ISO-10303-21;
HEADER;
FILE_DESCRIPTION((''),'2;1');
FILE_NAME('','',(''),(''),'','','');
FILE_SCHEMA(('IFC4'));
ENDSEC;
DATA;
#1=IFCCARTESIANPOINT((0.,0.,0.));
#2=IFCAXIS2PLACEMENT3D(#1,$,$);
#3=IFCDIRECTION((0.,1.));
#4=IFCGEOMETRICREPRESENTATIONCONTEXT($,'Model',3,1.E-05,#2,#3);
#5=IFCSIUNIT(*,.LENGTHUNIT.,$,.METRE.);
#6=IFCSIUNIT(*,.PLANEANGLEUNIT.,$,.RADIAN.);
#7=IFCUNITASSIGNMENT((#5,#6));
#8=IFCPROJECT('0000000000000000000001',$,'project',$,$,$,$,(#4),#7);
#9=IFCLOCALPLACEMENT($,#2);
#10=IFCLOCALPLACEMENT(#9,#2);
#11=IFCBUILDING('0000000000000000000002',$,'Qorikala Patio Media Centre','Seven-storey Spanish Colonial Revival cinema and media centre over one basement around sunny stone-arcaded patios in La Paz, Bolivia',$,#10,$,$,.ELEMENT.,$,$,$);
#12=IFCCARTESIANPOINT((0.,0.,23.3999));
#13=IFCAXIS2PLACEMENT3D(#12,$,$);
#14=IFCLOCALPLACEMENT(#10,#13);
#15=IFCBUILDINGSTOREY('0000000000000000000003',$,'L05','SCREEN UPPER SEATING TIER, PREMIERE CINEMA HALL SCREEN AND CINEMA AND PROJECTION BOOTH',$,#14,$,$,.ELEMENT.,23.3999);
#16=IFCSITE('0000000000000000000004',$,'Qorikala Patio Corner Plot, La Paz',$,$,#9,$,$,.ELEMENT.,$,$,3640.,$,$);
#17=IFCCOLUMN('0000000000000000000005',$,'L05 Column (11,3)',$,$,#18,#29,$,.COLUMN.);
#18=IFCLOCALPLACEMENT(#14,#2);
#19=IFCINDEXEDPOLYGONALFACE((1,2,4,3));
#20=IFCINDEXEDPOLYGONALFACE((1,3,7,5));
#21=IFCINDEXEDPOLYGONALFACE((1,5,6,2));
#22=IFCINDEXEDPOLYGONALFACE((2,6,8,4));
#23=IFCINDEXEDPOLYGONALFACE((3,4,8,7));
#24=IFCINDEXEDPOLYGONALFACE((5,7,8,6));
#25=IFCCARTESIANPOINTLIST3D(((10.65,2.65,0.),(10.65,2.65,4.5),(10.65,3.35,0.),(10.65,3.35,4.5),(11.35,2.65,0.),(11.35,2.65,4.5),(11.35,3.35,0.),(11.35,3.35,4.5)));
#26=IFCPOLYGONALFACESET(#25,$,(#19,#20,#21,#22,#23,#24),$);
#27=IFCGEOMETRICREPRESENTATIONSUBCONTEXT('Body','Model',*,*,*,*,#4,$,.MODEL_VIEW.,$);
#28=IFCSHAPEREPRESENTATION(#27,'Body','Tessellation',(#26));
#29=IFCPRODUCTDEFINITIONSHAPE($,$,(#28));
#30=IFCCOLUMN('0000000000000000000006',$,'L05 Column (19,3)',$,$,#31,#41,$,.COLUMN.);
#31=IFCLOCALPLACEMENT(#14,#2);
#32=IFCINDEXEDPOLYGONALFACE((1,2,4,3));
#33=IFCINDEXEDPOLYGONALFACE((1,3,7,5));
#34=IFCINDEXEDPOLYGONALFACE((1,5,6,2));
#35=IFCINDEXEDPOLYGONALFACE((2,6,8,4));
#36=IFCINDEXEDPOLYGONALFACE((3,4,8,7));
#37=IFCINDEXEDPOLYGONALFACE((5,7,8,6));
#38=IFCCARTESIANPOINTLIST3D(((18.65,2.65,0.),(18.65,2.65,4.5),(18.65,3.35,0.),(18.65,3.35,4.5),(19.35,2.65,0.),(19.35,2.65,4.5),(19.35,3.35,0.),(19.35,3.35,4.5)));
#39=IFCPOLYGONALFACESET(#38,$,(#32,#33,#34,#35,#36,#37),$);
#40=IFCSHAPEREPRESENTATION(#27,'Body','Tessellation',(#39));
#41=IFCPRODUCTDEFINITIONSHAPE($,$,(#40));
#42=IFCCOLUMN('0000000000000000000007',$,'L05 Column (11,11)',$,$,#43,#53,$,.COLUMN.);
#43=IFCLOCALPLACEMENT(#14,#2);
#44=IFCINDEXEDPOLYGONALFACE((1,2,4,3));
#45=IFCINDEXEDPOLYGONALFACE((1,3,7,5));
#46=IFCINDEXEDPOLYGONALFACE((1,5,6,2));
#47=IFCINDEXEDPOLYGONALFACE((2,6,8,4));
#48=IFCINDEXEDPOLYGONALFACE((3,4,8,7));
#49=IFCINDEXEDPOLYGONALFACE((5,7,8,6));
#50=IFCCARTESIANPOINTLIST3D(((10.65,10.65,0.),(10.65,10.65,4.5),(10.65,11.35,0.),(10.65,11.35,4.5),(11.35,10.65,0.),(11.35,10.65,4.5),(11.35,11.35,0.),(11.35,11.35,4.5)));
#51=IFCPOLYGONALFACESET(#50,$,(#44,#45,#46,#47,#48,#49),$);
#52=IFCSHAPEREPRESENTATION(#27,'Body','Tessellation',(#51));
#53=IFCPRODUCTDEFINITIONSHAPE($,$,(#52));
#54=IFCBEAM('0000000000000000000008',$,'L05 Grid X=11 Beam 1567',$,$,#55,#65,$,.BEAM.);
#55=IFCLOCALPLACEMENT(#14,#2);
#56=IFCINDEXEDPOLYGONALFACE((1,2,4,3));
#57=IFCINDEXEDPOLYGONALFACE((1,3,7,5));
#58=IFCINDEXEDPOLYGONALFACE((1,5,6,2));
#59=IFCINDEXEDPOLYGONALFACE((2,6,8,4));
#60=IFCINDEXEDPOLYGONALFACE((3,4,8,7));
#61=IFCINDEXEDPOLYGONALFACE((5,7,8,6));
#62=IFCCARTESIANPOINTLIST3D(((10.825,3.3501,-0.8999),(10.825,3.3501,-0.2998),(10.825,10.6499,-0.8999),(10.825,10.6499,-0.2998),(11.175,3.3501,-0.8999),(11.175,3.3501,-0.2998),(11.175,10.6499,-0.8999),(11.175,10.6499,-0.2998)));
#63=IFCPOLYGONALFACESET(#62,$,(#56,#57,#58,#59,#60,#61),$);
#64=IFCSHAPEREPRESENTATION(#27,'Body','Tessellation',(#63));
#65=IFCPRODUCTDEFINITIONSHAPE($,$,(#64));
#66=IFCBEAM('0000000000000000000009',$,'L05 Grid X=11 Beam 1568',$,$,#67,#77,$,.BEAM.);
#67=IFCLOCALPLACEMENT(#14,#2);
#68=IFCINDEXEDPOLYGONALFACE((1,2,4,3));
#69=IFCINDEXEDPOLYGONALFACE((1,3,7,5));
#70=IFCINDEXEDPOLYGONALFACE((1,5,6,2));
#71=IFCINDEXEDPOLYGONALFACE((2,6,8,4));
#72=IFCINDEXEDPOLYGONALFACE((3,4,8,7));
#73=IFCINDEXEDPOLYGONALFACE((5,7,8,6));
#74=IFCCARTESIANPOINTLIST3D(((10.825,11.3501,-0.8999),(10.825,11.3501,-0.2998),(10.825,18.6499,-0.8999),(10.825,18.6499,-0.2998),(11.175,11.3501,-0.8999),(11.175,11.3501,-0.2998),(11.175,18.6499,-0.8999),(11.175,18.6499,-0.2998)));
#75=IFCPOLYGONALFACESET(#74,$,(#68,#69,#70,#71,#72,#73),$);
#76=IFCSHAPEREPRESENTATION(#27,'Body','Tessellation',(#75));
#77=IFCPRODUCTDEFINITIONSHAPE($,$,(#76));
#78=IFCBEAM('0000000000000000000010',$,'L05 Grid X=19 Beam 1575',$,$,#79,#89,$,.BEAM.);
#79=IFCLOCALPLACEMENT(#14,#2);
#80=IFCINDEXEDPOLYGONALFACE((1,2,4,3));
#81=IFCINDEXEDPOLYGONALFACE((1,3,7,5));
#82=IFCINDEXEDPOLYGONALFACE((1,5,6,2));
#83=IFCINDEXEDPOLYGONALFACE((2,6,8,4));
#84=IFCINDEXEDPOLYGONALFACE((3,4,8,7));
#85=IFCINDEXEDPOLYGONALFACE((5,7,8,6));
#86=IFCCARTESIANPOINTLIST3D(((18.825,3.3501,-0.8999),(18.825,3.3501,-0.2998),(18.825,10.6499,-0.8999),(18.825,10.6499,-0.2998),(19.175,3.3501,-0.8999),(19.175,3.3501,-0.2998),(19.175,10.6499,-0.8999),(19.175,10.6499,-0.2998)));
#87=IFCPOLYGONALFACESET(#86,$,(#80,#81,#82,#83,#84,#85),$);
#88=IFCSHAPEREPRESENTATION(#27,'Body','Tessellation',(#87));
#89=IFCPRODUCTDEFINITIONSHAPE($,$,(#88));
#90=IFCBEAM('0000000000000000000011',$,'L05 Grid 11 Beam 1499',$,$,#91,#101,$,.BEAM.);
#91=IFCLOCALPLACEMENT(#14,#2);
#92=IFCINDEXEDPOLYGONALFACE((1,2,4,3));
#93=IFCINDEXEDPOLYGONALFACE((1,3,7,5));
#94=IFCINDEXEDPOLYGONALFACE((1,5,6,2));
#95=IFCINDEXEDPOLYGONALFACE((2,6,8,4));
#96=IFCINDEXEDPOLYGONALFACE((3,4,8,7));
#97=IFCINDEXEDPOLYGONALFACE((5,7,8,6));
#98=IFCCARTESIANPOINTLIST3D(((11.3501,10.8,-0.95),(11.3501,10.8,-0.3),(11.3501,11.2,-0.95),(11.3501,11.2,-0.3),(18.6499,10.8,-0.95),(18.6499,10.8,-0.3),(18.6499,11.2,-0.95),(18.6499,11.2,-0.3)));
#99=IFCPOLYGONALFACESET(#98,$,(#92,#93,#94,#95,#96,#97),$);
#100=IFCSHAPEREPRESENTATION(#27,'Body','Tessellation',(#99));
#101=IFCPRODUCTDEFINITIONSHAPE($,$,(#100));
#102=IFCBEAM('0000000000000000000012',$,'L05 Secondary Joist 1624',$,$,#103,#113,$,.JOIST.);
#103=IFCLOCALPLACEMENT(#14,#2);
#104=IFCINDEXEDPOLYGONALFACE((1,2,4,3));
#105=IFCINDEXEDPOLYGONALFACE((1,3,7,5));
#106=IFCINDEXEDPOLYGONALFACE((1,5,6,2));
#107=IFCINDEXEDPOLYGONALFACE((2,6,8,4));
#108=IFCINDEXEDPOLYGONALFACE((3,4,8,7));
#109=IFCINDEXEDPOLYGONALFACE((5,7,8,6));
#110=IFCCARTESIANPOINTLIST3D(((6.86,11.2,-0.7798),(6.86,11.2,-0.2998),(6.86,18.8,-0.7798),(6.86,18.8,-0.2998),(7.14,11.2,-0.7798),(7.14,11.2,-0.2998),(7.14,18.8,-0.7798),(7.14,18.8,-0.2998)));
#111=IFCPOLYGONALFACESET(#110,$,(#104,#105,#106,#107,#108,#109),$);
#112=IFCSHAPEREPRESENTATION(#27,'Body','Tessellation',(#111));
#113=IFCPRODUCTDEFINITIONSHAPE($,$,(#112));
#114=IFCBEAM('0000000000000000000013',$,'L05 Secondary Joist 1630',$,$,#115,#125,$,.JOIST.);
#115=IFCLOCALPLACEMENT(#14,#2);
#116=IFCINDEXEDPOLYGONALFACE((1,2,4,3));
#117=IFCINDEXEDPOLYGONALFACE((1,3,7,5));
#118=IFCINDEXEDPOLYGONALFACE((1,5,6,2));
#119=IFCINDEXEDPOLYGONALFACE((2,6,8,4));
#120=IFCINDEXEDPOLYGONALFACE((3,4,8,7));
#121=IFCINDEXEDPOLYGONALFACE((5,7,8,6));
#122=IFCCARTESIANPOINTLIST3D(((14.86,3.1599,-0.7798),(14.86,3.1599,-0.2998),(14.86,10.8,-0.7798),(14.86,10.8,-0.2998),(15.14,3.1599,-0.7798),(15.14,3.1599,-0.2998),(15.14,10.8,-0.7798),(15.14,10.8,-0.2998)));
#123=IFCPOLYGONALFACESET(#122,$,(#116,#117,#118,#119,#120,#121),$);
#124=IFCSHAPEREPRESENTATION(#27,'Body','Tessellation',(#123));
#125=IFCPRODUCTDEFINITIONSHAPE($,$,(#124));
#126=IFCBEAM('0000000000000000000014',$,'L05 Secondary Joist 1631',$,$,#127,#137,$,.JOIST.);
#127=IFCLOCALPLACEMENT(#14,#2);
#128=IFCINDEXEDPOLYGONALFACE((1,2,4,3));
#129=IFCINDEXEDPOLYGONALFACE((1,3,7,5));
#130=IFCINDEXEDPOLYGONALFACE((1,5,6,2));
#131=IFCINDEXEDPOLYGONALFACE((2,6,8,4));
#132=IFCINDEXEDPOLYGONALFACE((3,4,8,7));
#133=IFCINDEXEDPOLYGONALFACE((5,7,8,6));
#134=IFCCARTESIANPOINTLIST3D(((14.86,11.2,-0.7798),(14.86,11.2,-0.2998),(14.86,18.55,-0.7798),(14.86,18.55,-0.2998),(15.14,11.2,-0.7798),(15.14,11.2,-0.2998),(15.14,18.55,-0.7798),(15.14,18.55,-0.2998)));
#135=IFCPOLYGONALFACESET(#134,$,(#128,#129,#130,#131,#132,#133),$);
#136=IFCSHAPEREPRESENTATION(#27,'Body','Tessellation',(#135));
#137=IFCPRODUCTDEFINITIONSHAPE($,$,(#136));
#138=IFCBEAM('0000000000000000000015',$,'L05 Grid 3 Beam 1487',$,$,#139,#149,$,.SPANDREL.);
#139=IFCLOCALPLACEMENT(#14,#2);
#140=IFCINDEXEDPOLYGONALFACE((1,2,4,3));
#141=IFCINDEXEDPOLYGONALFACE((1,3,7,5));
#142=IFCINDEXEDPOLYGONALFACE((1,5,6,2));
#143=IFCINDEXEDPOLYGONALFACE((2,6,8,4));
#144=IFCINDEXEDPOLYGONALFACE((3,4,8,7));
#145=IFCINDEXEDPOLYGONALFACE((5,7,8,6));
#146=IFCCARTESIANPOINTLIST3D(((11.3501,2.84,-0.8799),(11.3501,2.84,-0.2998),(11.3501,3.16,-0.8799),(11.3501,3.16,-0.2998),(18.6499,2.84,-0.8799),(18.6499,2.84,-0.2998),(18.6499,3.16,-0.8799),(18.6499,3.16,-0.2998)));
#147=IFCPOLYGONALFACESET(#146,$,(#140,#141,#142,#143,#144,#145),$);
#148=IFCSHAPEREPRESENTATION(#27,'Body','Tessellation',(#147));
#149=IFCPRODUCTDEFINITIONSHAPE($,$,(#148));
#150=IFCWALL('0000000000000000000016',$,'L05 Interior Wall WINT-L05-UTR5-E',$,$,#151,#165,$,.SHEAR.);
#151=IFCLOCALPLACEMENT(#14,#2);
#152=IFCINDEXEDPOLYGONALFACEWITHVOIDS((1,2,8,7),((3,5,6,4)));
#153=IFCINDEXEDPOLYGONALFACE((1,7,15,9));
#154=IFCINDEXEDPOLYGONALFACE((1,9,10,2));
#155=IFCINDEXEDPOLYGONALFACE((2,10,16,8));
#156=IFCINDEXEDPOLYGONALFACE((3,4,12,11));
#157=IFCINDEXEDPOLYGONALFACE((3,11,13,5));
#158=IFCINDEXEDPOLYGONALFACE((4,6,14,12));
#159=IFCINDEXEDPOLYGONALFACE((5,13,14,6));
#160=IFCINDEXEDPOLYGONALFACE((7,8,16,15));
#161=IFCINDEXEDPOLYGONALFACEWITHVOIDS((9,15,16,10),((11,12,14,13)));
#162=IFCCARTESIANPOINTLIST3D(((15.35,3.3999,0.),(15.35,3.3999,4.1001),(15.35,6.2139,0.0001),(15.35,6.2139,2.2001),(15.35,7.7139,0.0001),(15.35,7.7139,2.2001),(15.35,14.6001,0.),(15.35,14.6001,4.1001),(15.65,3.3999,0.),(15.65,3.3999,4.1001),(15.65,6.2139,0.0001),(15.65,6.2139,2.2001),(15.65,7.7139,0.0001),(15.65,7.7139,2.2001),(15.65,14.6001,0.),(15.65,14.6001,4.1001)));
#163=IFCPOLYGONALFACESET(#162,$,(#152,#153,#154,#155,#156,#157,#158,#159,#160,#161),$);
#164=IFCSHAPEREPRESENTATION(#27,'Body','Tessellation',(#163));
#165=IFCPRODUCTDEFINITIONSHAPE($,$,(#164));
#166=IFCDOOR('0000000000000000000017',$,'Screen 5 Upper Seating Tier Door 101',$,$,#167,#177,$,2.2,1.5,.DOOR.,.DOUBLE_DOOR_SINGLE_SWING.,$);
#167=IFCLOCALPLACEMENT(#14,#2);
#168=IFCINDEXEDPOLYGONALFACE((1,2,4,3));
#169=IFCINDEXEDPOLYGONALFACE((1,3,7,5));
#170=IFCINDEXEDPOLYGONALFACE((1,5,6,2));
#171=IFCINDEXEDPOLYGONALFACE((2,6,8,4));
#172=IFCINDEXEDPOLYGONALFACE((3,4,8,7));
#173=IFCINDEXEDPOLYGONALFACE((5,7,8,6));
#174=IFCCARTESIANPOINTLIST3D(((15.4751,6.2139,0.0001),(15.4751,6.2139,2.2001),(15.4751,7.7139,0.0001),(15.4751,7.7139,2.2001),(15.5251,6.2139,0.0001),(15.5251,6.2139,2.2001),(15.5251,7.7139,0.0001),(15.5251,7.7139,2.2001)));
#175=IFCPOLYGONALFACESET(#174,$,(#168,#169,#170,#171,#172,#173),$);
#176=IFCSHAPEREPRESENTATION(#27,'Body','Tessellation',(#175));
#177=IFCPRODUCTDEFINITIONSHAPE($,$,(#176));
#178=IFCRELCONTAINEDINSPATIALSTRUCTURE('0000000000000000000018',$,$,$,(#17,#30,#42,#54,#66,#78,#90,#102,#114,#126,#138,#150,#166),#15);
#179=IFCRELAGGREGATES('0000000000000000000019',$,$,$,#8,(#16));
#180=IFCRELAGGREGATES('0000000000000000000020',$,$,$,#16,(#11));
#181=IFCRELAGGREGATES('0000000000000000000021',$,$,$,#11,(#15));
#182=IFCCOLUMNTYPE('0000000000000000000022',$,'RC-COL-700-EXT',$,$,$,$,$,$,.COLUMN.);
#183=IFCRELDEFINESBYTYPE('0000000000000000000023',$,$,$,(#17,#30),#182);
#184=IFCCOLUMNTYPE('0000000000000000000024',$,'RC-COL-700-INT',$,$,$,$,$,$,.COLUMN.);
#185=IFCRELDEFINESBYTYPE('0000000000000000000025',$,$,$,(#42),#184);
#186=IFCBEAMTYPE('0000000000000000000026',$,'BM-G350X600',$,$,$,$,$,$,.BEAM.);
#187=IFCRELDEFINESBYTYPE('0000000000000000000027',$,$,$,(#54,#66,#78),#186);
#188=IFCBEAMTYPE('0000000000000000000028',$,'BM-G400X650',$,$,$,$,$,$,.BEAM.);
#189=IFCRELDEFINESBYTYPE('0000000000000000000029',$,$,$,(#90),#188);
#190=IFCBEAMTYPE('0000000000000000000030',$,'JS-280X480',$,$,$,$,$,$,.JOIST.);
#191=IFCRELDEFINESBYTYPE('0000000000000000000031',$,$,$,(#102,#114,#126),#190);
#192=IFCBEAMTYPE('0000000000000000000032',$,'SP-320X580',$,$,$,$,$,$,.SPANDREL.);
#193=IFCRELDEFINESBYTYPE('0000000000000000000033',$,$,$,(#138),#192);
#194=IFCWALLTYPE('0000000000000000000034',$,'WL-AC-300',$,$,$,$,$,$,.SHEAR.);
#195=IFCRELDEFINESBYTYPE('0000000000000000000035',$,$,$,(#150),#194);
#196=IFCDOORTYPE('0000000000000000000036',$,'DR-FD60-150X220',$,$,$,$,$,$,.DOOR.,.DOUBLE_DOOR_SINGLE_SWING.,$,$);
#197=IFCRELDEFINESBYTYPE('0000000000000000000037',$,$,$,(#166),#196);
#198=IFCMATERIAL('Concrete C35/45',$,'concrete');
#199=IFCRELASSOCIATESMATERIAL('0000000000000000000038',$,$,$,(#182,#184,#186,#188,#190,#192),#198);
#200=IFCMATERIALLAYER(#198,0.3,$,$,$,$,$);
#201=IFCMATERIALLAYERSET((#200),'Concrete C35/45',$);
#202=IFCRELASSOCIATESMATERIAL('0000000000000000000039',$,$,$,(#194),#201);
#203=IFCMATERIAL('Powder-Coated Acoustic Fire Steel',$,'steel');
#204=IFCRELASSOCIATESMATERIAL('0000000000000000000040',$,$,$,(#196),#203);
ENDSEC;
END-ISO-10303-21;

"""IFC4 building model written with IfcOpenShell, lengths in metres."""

from ifc_helpers import new_model, si_unit, direction, frame, frame_2d, origin, origin_2d, place, context, subcontext, project, spatial, rectangle, extrude, material, layer, layer_set, material_profile, profile_set, type_object, element, fill, save


model = new_model("IFC4")

# Units and contexts
model_context = context("Model", 3, precision=1e-05, world=origin(), true_north=direction((0.0, 1.0)))
body_context = subcontext(model_context, "Body", "Model", "MODEL_VIEW")
ifc_project = project(units=[si_unit("LENGTHUNIT", "METRE"), si_unit("PLANEANGLEUNIT", "RADIAN")], contexts=[model_context])

# Site, building, storey
site_placement = place(None, origin())
site = spatial("IfcSite", under=ifc_project, at=site_placement, Name="Qorikala Patio Corner Plot, La Paz", CompositionType="ELEMENT", RefElevation=3640.0)
building_placement = place(site_placement, origin())
building = spatial("IfcBuilding", under=site, at=building_placement, Name="Qorikala Patio Media Centre", Description="Seven-storey Spanish Colonial Revival cinema and media centre over one basement around sunny stone-arcaded patios in La Paz, Bolivia", CompositionType="ELEMENT")
storey_placement = place(building_placement, frame((0.0, 0.0, 23.3999)))
storey = spatial("IfcBuildingStorey", under=building, at=storey_placement, Name="L05", Description="SCREEN UPPER SEATING TIER, PREMIERE CINEMA HALL SCREEN AND CINEMA AND PROJECTION BOOTH", CompositionType="ELEMENT", Elevation=23.3999)

# Columns
ifc_material_1 = material(Name="Concrete C35/45", Category="concrete")
ifc_material_profile_1 = material_profile(ifc_material_1, rectangle(XDim=0.7, YDim=0.7, at=origin_2d()), Name="RC 700x700")
ifc_profile_set_1 = profile_set([ifc_material_profile_1], Name="Concrete C35/45")
column_type_1 = type_object("IfcColumnType", Name="RC-COL-700-EXT", PredefinedType="COLUMN", material=ifc_profile_set_1)
for number, where, z_axis, x_axis, name in (
    (1, (11.0, 3.0, 0.0), (0.0, 0.0, 1.0), (1.0, 0.0, 0.0), "L05 Column (11,3)"),
    (2, (19.0, 3.0, 0.0), (0.0, 0.0, 1.0), (1.0, 0.0, 0.0), "L05 Column (19,3)"),
):
    element("IfcColumn", number, at=place(storey_placement, frame(where, z_axis=z_axis, x_axis=x_axis)), inside=storey, type_object=column_type_1, Name=name, PredefinedType="COLUMN", context=body_context, shape_type="SweptSolid", body=[
        extrude(rectangle(XDim=0.7, YDim=0.7, at=origin_2d()), origin(), (0.0, 0.0, 1.0), 4.5),
    ])
ifc_material_profile_2 = material_profile(ifc_material_1, rectangle(XDim=0.7, YDim=0.7, at=origin_2d()), Name="RC 700x700")
ifc_profile_set_2 = profile_set([ifc_material_profile_2], Name="Concrete C35/45")
column_type_2 = type_object("IfcColumnType", Name="RC-COL-700-INT", PredefinedType="COLUMN", material=ifc_profile_set_2)
column_placement = place(storey_placement, frame((11.0, 11.0, 0.0), z_axis=(0.0, 0.0, 1.0), x_axis=(1.0, 0.0, 0.0)))
element("IfcColumn", 3, at=column_placement, inside=storey, type_object=column_type_2, Name="L05 Column (11,11)", PredefinedType="COLUMN", context=body_context, shape_type="SweptSolid", body=[
    extrude(rectangle(XDim=0.7, YDim=0.7, at=origin_2d()), origin(), (0.0, 0.0, 1.0), 4.5),
])

# Beams
ifc_material_profile_3 = material_profile(ifc_material_1, rectangle(XDim=0.3501, YDim=0.6001, at=origin_2d()), Name="RC 350x600")
ifc_profile_set_3 = profile_set([ifc_material_profile_3], Name="Concrete C35/45")
beam_type_1 = type_object("IfcBeamType", Name="BM-G350X600", PredefinedType="BEAM", material=ifc_profile_set_3)
for number, where, z_axis, x_axis, name in (
    (4, (11.0, 3.3501, -0.5999), (0.0, 1.0, 0.0), (-1.0, 0.0, 0.0), "L05 Grid X=11 Beam 1567"),
    (5, (11.0, 11.3501, -0.5999), (0.0, 1.0, 0.0), (-1.0, 0.0, 0.0), "L05 Grid X=11 Beam 1568"),
    (6, (19.0, 3.3501, -0.5999), (0.0, 1.0, 0.0), (-1.0, 0.0, 0.0), "L05 Grid X=19 Beam 1575"),
):
    element("IfcBeam", number, at=place(storey_placement, frame(where, z_axis=z_axis, x_axis=x_axis)), inside=storey, type_object=beam_type_1, Name=name, PredefinedType="BEAM", context=body_context, shape_type="SweptSolid", body=[
        extrude(rectangle(XDim=0.3501, YDim=0.6001, at=origin_2d()), origin(), (0.0, 0.0, 1.0), 7.2998),
    ])
ifc_material_profile_4 = material_profile(ifc_material_1, rectangle(XDim=0.3999, YDim=0.6499, at=origin_2d()), Name="RC 400x650")
ifc_profile_set_4 = profile_set([ifc_material_profile_4], Name="Concrete C35/45")
beam_type_2 = type_object("IfcBeamType", Name="BM-G400X650", PredefinedType="BEAM", material=ifc_profile_set_4)
beam_1_placement = place(storey_placement, frame((11.3501, 11.0, -0.625), z_axis=(1.0, 0.0, 0.0), x_axis=(0.0, 1.0, 0.0)))
element("IfcBeam", 7, at=beam_1_placement, inside=storey, type_object=beam_type_2, Name="L05 Grid 11 Beam 1499", PredefinedType="BEAM", context=body_context, shape_type="SweptSolid", body=[
    extrude(rectangle(XDim=0.3999, YDim=0.6499, at=origin_2d()), origin(), (0.0, 0.0, 1.0), 7.2998),
])
ifc_material_profile_5 = material_profile(ifc_material_1, rectangle(XDim=0.28, YDim=0.48, at=origin_2d()), Name="RC 280x480")
ifc_profile_set_5 = profile_set([ifc_material_profile_5], Name="Concrete C35/45")
beam_type_3 = type_object("IfcBeamType", Name="JS-280X480", PredefinedType="JOIST", material=ifc_profile_set_5)
beam_2_placement = place(storey_placement, frame((7.0, 11.2, -0.5398), z_axis=(0.0, 1.0, 0.0), x_axis=(-1.0, 0.0, 0.0)))
element("IfcBeam", 8, at=beam_2_placement, inside=storey, type_object=beam_type_3, Name="L05 Secondary Joist 1624", PredefinedType="JOIST", context=body_context, shape_type="SweptSolid", body=[
    extrude(rectangle(XDim=0.28, YDim=0.48, at=origin_2d()), origin(), (0.0, 0.0, 1.0), 7.6001),
])
beam_3_placement = place(storey_placement, frame((15.0, 3.1599, -0.5398), z_axis=(0.0, 1.0, 0.0), x_axis=(-1.0, 0.0, 0.0)))
element("IfcBeam", 9, at=beam_3_placement, inside=storey, type_object=beam_type_3, Name="L05 Secondary Joist 1630", PredefinedType="JOIST", context=body_context, shape_type="SweptSolid", body=[
    extrude(rectangle(XDim=0.28, YDim=0.48, at=origin_2d()), origin(), (0.0, 0.0, 1.0), 7.6401),
])
beam_4_placement = place(storey_placement, frame((15.0, 11.2, -0.5398), z_axis=(0.0, 1.0, 0.0), x_axis=(-1.0, 0.0, 0.0)))
element("IfcBeam", 10, at=beam_4_placement, inside=storey, type_object=beam_type_3, Name="L05 Secondary Joist 1631", PredefinedType="JOIST", context=body_context, shape_type="SweptSolid", body=[
    extrude(rectangle(XDim=0.28, YDim=0.48, at=origin_2d()), origin(), (0.0, 0.0, 1.0), 7.3501),
])
ifc_material_profile_6 = material_profile(ifc_material_1, rectangle(XDim=0.3201, YDim=0.5801, at=origin_2d()), Name="RC 320x580")
ifc_profile_set_6 = profile_set([ifc_material_profile_6], Name="Concrete C35/45")
beam_type_4 = type_object("IfcBeamType", Name="SP-320X580", PredefinedType="SPANDREL", material=ifc_profile_set_6)
beam_5_placement = place(storey_placement, frame((11.3501, 3.0, -0.5898), z_axis=(1.0, 0.0, 0.0), x_axis=(0.0, 1.0, 0.0)))
element("IfcBeam", 11, at=beam_5_placement, inside=storey, type_object=beam_type_4, Name="L05 Grid 3 Beam 1487", PredefinedType="SPANDREL", context=body_context, shape_type="SweptSolid", body=[
    extrude(rectangle(XDim=0.3201, YDim=0.5801, at=origin_2d()), origin(), (0.0, 0.0, 1.0), 7.2998),
])

# Wall, opening, door
ifc_layer_1 = layer(ifc_material_1, 0.3)
ifc_layer_set_1 = layer_set([ifc_layer_1], Name="Concrete C35/45")
wall_type_1 = type_object("IfcWallType", Name="WL-AC-300", PredefinedType="SHEAR", material=ifc_layer_set_1)
wall_1_placement = place(storey_placement, frame((15.5, 3.3999, 0.0), z_axis=(0.0, 0.0, 1.0), x_axis=(0.0, 1.0, 0.0)))
wall_1 = element("IfcWall", 12, at=wall_1_placement, inside=storey, type_object=wall_type_1, Name="L05 Interior Wall WINT-L05-UTR5-E", PredefinedType="SHEAR", context=body_context, shape_type="SweptSolid", body=[
    extrude(rectangle(XDim=11.2002, YDim=0.3, at=frame_2d((5.6001, 0.0))), origin(), (0.0, 0.0, 1.0), 4.1001),
])
opening_1_placement = place(wall_1_placement, frame((2.814, 0.0, 0.0)))
opening_1 = element("IfcOpeningElement", 13, at=opening_1_placement, cuts=wall_1, PredefinedType="OPENING", context=body_context, shape_type="SweptSolid", body=[
    extrude(rectangle(XDim=1.5, YDim=2.2, at=frame_2d((0.75, 1.1001))), frame((0.0, 0.1599, 0.0), z_axis=(0.0, -1.0, 0.0), x_axis=(1.0, 0.0, 0.0)), (0.0, 0.0, 1.0), 0.3201),
])
ifc_material_2 = material(Name="Powder-Coated Acoustic Fire Steel", Category="steel")
door_type_1 = type_object("IfcDoorType", Name="DR-FD60-150X220", OperationType="DOUBLE_DOOR_SINGLE_SWING", PredefinedType="DOOR", material=ifc_material_2)
door_1_placement = place(opening_1_placement, origin())
door_1 = element("IfcDoor", 14, at=door_1_placement, inside=storey, type_object=door_type_1, Name="Screen 5 Upper Seating Tier Door 101", OperationType="DOUBLE_DOOR_SINGLE_SWING", OverallHeight=2.2, OverallWidth=1.5, PredefinedType="DOOR", context=body_context, shape_type="SweptSolid", body=[
    extrude(rectangle(XDim=1.5, YDim=2.2, at=frame_2d((0.75, 1.1001))), frame((0.0, 0.0249, 0.0), z_axis=(0.0, -1.0, 0.0), x_axis=(1.0, 0.0, 0.0)), (0.0, 0.0, 1.0), 0.05),
])
fill(opening_1, door_1)

save(model, "model.ifc")
